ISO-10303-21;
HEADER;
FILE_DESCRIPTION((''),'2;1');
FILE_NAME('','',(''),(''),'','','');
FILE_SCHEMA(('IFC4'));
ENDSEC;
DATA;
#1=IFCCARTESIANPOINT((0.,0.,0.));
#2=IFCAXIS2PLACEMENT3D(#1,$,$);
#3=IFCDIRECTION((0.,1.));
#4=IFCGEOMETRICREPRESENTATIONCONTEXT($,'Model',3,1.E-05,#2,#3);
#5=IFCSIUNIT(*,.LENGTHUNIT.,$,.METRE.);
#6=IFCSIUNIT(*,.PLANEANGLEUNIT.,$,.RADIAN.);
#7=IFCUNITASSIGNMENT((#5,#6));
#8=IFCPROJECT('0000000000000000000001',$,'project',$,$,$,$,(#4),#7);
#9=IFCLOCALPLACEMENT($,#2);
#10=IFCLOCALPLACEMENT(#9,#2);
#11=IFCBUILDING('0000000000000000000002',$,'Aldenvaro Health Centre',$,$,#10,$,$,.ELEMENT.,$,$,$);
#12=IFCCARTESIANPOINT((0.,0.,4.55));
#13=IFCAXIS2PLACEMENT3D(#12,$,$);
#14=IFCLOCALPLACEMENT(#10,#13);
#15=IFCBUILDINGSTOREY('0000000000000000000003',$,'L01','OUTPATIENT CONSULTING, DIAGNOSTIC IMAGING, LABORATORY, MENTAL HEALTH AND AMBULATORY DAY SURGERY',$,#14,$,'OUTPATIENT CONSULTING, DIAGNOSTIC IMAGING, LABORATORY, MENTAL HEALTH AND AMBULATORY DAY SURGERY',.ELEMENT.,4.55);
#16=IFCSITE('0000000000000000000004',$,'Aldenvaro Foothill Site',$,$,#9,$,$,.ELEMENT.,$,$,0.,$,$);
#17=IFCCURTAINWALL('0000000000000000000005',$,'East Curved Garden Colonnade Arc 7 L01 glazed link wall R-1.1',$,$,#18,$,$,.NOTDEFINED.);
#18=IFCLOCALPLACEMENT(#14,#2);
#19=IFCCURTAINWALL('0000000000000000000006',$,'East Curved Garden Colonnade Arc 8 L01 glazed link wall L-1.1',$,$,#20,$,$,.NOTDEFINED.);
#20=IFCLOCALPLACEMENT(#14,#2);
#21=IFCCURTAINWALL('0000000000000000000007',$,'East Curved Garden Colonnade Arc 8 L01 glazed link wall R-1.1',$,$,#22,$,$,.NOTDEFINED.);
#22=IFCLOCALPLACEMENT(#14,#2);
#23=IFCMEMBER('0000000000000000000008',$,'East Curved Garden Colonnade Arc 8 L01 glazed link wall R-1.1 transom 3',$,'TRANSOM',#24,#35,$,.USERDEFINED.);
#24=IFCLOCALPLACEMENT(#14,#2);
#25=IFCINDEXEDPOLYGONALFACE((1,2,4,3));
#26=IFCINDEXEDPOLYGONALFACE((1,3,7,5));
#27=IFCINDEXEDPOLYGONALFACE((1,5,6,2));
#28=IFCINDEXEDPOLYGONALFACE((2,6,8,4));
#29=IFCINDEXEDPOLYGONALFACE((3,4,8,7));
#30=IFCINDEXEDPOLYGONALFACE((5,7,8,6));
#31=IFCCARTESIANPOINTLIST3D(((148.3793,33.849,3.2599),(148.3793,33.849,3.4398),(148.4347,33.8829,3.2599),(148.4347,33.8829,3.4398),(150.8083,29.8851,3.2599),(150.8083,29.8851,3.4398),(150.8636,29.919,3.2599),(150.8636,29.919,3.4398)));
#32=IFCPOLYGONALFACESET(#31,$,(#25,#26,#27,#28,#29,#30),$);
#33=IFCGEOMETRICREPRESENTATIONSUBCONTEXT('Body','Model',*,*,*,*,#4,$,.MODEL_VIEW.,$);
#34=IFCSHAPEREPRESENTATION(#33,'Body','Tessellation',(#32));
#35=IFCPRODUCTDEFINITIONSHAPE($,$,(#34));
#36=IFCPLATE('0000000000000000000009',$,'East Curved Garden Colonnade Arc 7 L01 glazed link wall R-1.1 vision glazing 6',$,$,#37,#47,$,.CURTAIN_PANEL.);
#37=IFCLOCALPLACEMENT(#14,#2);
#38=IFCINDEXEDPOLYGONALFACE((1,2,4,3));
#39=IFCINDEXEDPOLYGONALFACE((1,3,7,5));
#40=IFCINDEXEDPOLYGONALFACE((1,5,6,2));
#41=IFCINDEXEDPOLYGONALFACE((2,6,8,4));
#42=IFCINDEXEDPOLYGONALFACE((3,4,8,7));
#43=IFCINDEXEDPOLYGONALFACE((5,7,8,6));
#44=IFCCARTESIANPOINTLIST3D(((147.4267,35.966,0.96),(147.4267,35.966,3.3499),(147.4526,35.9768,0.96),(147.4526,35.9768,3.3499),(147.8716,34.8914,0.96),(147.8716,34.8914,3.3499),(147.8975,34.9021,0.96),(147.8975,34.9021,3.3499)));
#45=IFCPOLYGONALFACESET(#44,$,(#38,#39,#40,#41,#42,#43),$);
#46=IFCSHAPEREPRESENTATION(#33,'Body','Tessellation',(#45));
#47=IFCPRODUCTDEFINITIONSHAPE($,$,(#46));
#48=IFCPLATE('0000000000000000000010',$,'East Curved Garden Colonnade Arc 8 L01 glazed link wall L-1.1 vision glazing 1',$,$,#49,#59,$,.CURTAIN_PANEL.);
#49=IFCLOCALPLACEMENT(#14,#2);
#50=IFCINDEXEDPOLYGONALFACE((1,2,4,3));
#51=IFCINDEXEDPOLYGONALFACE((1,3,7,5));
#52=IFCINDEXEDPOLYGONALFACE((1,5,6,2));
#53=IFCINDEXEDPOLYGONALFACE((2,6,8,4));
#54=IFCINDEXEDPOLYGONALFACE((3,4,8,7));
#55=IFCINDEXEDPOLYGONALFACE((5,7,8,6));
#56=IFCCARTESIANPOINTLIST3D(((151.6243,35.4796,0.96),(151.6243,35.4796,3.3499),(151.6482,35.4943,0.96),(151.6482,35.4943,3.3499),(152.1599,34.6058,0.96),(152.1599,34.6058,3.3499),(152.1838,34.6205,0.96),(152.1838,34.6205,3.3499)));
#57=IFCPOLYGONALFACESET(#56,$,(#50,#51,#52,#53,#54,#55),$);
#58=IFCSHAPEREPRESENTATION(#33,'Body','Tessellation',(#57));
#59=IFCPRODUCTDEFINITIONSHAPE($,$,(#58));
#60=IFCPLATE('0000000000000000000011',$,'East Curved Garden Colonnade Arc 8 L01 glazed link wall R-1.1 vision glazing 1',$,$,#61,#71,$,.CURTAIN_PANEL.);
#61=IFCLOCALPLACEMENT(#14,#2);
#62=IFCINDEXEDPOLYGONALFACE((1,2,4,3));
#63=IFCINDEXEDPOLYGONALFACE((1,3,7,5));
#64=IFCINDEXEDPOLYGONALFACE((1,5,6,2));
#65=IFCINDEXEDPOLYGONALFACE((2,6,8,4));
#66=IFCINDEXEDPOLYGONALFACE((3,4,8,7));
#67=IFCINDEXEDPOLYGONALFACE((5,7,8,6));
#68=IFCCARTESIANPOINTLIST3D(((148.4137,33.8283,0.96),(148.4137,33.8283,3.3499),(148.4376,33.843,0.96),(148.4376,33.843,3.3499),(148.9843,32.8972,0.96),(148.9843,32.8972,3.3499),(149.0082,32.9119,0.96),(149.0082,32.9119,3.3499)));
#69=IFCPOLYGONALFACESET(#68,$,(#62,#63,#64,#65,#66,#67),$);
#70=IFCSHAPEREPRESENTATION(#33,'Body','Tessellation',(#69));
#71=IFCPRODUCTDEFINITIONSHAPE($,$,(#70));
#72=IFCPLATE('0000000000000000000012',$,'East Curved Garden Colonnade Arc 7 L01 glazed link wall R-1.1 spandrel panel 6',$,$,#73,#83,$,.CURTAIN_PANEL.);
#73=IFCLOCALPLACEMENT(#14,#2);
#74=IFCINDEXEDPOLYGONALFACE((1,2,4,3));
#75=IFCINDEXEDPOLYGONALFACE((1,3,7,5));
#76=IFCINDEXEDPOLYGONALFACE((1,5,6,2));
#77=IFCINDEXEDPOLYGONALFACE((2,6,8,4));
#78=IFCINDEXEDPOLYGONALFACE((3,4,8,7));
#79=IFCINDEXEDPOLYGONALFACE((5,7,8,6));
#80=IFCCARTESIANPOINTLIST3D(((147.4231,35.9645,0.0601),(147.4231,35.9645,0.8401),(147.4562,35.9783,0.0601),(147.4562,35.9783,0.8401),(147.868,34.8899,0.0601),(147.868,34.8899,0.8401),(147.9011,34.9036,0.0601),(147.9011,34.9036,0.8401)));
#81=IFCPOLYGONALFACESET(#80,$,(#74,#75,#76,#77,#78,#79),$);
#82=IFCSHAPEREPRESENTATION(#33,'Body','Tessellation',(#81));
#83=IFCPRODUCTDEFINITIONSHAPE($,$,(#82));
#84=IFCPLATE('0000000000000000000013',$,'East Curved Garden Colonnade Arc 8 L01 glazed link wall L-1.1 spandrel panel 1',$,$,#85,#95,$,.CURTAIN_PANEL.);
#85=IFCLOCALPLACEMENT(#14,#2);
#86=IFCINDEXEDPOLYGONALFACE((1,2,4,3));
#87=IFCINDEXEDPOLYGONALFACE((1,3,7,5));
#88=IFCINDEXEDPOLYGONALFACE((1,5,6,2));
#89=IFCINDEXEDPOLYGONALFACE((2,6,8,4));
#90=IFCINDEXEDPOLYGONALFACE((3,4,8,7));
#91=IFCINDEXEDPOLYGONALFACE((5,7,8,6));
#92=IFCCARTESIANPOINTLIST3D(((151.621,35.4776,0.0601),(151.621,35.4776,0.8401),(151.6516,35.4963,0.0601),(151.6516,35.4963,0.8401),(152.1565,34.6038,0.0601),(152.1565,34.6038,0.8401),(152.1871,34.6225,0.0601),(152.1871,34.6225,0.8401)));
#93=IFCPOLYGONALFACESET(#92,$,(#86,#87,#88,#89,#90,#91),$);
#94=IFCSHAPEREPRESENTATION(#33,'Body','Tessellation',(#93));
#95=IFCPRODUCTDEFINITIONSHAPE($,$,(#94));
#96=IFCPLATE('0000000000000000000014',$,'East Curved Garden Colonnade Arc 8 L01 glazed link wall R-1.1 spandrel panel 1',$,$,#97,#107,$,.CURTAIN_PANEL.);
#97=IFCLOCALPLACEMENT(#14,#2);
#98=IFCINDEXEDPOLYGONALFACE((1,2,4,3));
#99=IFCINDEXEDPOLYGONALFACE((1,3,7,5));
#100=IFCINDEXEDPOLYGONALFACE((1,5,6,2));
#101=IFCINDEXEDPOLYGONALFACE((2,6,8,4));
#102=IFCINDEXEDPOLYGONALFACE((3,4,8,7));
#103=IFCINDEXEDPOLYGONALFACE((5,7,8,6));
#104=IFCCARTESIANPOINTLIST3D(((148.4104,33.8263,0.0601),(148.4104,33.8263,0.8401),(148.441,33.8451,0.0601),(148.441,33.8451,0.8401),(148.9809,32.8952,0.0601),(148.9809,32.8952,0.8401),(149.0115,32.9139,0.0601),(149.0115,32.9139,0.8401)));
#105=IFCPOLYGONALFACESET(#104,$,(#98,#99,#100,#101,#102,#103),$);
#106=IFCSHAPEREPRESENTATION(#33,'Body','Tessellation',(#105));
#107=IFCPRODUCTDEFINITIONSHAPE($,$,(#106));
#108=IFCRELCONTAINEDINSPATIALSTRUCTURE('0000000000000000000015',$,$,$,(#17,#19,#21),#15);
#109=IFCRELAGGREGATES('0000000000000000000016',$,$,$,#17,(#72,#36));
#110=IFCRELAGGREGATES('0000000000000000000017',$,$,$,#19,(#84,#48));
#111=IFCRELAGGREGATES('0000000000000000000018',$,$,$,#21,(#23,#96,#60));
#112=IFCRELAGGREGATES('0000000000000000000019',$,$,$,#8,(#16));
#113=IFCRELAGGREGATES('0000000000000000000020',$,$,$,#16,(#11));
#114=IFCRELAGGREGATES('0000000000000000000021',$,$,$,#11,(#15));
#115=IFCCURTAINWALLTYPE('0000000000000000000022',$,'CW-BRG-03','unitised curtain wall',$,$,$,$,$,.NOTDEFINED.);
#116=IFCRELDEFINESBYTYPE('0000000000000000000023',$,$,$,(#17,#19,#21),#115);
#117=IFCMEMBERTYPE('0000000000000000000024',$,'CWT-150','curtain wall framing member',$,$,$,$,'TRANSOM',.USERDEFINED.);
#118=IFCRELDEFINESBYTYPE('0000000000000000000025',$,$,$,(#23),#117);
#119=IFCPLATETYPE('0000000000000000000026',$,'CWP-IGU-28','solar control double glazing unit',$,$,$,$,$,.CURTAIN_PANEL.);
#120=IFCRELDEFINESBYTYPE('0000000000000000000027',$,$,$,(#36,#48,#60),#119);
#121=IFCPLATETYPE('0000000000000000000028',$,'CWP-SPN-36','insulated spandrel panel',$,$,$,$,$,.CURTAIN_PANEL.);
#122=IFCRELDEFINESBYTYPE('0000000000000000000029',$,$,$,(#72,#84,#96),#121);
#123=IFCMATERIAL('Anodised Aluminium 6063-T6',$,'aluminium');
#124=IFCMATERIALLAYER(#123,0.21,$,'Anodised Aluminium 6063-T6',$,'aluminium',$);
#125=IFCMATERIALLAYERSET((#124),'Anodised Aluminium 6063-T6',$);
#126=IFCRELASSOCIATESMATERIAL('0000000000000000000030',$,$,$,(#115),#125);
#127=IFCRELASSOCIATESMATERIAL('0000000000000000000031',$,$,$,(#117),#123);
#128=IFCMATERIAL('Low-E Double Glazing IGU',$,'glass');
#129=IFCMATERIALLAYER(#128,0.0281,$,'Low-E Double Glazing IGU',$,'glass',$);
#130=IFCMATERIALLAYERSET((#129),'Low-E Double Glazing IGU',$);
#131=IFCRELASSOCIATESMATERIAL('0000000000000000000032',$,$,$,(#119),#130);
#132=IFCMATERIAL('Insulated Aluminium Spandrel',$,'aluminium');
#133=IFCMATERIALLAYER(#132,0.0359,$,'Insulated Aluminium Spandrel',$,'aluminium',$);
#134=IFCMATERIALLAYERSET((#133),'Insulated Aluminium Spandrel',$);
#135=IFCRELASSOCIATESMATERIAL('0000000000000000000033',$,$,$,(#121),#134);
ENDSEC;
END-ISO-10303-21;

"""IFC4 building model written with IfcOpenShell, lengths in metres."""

from ifc_helpers import new_model, si_unit, direction, frame, origin, origin_2d, place, context, subcontext, project, spatial, rectangle, extrude, material, layer, layer_set, material_profile, profile_set, type_object, element, aggregate, save


model = new_model("IFC4")

# Units and contexts
model_context = context("Model", 3, precision=1e-05, world=origin(), true_north=direction((0.0, 1.0)))
body_context = subcontext(model_context, "Body", "Model", "MODEL_VIEW")
ifc_project = project(units=[si_unit("LENGTHUNIT", "METRE"), si_unit("PLANEANGLEUNIT", "RADIAN")], contexts=[model_context])

# Site, building, storey
site_placement = place(None, origin())
site = spatial("IfcSite", under=ifc_project, at=site_placement, Name="Aldenvaro Foothill Site", CompositionType="ELEMENT", RefElevation=0.0)
building_placement = place(site_placement, origin())
building = spatial("IfcBuilding", under=site, at=building_placement, Name="Aldenvaro Health Centre", CompositionType="ELEMENT")
storey_placement = place(building_placement, frame((0.0, 0.0, 4.55)))
storey = spatial("IfcBuildingStorey", under=building, at=storey_placement, Name="L01", Description="OUTPATIENT CONSULTING, DIAGNOSTIC IMAGING, LABORATORY, MENTAL HEALTH AND AMBULATORY DAY SURGERY", LongName="OUTPATIENT CONSULTING, DIAGNOSTIC IMAGING, LABORATORY, MENTAL HEALTH AND AMBULATORY DAY SURGERY", CompositionType="ELEMENT", Elevation=4.55)

# Curtain wall
ifc_material_1 = material(Name="Anodised Aluminium 6063-T6", Category="aluminium")
ifc_layer_1 = layer(ifc_material_1, 0.21, Name="Anodised Aluminium 6063-T6", Category="aluminium")
ifc_layer_set_1 = layer_set([ifc_layer_1], Name="Anodised Aluminium 6063-T6")
curtain_wall_type = type_object("IfcCurtainWallType", Name="CW-BRG-03", Description="unitised curtain wall", PredefinedType="NOTDEFINED", material=ifc_layer_set_1)
curtain_wall_1_placement = place(storey_placement, origin())
curtain_wall_1 = element("IfcCurtainWall", 1, at=curtain_wall_1_placement, inside=storey, type_object=curtain_wall_type, Name="East Curved Garden Colonnade Arc 7 L01 glazed link wall R-1.1", PredefinedType="NOTDEFINED")

# Curtain walls
curtain_wall_2_placement = place(storey_placement, origin())
curtain_wall_2 = element("IfcCurtainWall", 2, at=curtain_wall_2_placement, inside=storey, type_object=curtain_wall_type, Name="East Curved Garden Colonnade Arc 8 L01 glazed link wall L-1.1", PredefinedType="NOTDEFINED")
curtain_wall_3_placement = place(storey_placement, origin())
curtain_wall_3 = element("IfcCurtainWall", 3, at=curtain_wall_3_placement, inside=storey, type_object=curtain_wall_type, Name="East Curved Garden Colonnade Arc 8 L01 glazed link wall R-1.1", PredefinedType="NOTDEFINED")

# Member
ifc_material_profile_1 = material_profile(ifc_material_1, rectangle(XDim=0.0649, YDim=0.1799, at=origin_2d()), Name="ALU 65x180", Category="aluminium")
ifc_profile_set_1 = profile_set([ifc_material_profile_1], Name="Anodised Aluminium 6063-T6")
member_type_1 = type_object("IfcMemberType", Name="CWT-150", Description="curtain wall framing member", ElementType="TRANSOM", PredefinedType="USERDEFINED", material=ifc_profile_set_1)
member_1_placement = place(storey_placement, frame((148.407, 33.866, 3.3499), z_axis=(0.522482, -0.85265, 0.0), x_axis=(0.85265, 0.522482, 0.0)))
member_1 = element("IfcMember", 4, at=member_1_placement, type_object=member_type_1, Name="East Curved Garden Colonnade Arc 8 L01 glazed link wall R-1.1 transom 3", ObjectType="TRANSOM", PredefinedType="USERDEFINED", context=body_context, shape_type="SweptSolid", body=[
    extrude(rectangle(XDim=0.0649, YDim=0.1799, at=origin_2d()), origin(), (0.0, 0.0, 1.0), 4.6489),
])

# Plates
ifc_material_2 = material(Name="Low-E Double Glazing IGU", Category="glass")
ifc_layer_2 = layer(ifc_material_2, 0.0281, Name="Low-E Double Glazing IGU", Category="glass")
ifc_layer_set_2 = layer_set([ifc_layer_2], Name="Low-E Double Glazing IGU")
plate_type_1 = type_object("IfcPlateType", Name="CWP-IGU-28", Description="solar control double glazing unit", PredefinedType="CURTAIN_PANEL", material=ifc_layer_set_2)
plate_1_placement = place(storey_placement, frame((147.6621, 35.4341, 0.96), z_axis=(0.0, 0.0, 1.0), x_axis=(0.382503, -0.923954, 0.0)))
plate_1 = element("IfcPlate", 5, at=plate_1_placement, type_object=plate_type_1, Name="East Curved Garden Colonnade Arc 7 L01 glazed link wall R-1.1 vision glazing 6", PredefinedType="CURTAIN_PANEL", context=body_context, shape_type="SweptSolid", body=[
    extrude(rectangle(XDim=1.1631, YDim=0.0281, at=origin_2d()), origin(), (0.0, 0.0, 1.0), 2.3899),
])
plate_2_placement = place(storey_placement, frame((151.9041, 35.05, 0.96), z_axis=(0.0, 0.0, 1.0), x_axis=(0.522567, -0.852598, 0.0)))
plate_2 = element("IfcPlate", 6, at=plate_2_placement, type_object=plate_type_1, Name="East Curved Garden Colonnade Arc 8 L01 glazed link wall L-1.1 vision glazing 1", PredefinedType="CURTAIN_PANEL", context=body_context, shape_type="SweptSolid", body=[
    extrude(rectangle(XDim=1.0249, YDim=0.0281, at=origin_2d()), origin(), (0.0, 0.0, 1.0), 2.3899),
])
plate_3_placement = place(storey_placement, frame((148.7109, 33.3701, 0.96), z_axis=(0.0, 0.0, 1.0), x_axis=(0.522476, -0.852654, 0.0)))
plate_3 = element("IfcPlate", 7, at=plate_3_placement, type_object=plate_type_1, Name="East Curved Garden Colonnade Arc 8 L01 glazed link wall R-1.1 vision glazing 1", PredefinedType="CURTAIN_PANEL", context=body_context, shape_type="SweptSolid", body=[
    extrude(rectangle(XDim=1.092, YDim=0.0281, at=origin_2d()), origin(), (0.0, 0.0, 1.0), 2.3899),
])
ifc_material_3 = material(Name="Insulated Aluminium Spandrel", Category="aluminium")
ifc_layer_3 = layer(ifc_material_3, 0.0359, Name="Insulated Aluminium Spandrel", Category="aluminium")
ifc_layer_set_3 = layer_set([ifc_layer_3], Name="Insulated Aluminium Spandrel")
plate_type_2 = type_object("IfcPlateType", Name="CWP-SPN-36", Description="insulated spandrel panel", PredefinedType="CURTAIN_PANEL", material=ifc_layer_set_3)
plate_4_placement = place(storey_placement, frame((147.6621, 35.4341, 0.0601), z_axis=(0.0, 0.0, 1.0), x_axis=(0.382503, -0.923954, 0.0)))
plate_4 = element("IfcPlate", 8, at=plate_4_placement, type_object=plate_type_2, Name="East Curved Garden Colonnade Arc 7 L01 glazed link wall R-1.1 spandrel panel 6", PredefinedType="CURTAIN_PANEL", context=body_context, shape_type="SweptSolid", body=[
    extrude(rectangle(XDim=1.1631, YDim=0.0359, at=origin_2d()), origin(), (0.0, 0.0, 1.0), 0.78),
])
aggregate(curtain_wall_1, [plate_4, plate_1])
plate_5_placement = place(storey_placement, frame((151.9041, 35.05, 0.0601), z_axis=(0.0, 0.0, 1.0), x_axis=(0.522567, -0.852598, 0.0)))
plate_5 = element("IfcPlate", 9, at=plate_5_placement, type_object=plate_type_2, Name="East Curved Garden Colonnade Arc 8 L01 glazed link wall L-1.1 spandrel panel 1", PredefinedType="CURTAIN_PANEL", context=body_context, shape_type="SweptSolid", body=[
    extrude(rectangle(XDim=1.0249, YDim=0.0359, at=origin_2d()), origin(), (0.0, 0.0, 1.0), 0.78),
])
aggregate(curtain_wall_2, [plate_5, plate_2])
plate_6_placement = place(storey_placement, frame((148.7109, 33.3701, 0.0601), z_axis=(0.0, 0.0, 1.0), x_axis=(0.522476, -0.852654, 0.0)))
plate_6 = element("IfcPlate", 10, at=plate_6_placement, type_object=plate_type_2, Name="East Curved Garden Colonnade Arc 8 L01 glazed link wall R-1.1 spandrel panel 1", PredefinedType="CURTAIN_PANEL", context=body_context, shape_type="SweptSolid", body=[
    extrude(rectangle(XDim=1.092, YDim=0.0359, at=origin_2d()), origin(), (0.0, 0.0, 1.0), 0.78),
])
aggregate(curtain_wall_3, [member_1, plate_6, plate_3])

save(model, "model.ifc")
